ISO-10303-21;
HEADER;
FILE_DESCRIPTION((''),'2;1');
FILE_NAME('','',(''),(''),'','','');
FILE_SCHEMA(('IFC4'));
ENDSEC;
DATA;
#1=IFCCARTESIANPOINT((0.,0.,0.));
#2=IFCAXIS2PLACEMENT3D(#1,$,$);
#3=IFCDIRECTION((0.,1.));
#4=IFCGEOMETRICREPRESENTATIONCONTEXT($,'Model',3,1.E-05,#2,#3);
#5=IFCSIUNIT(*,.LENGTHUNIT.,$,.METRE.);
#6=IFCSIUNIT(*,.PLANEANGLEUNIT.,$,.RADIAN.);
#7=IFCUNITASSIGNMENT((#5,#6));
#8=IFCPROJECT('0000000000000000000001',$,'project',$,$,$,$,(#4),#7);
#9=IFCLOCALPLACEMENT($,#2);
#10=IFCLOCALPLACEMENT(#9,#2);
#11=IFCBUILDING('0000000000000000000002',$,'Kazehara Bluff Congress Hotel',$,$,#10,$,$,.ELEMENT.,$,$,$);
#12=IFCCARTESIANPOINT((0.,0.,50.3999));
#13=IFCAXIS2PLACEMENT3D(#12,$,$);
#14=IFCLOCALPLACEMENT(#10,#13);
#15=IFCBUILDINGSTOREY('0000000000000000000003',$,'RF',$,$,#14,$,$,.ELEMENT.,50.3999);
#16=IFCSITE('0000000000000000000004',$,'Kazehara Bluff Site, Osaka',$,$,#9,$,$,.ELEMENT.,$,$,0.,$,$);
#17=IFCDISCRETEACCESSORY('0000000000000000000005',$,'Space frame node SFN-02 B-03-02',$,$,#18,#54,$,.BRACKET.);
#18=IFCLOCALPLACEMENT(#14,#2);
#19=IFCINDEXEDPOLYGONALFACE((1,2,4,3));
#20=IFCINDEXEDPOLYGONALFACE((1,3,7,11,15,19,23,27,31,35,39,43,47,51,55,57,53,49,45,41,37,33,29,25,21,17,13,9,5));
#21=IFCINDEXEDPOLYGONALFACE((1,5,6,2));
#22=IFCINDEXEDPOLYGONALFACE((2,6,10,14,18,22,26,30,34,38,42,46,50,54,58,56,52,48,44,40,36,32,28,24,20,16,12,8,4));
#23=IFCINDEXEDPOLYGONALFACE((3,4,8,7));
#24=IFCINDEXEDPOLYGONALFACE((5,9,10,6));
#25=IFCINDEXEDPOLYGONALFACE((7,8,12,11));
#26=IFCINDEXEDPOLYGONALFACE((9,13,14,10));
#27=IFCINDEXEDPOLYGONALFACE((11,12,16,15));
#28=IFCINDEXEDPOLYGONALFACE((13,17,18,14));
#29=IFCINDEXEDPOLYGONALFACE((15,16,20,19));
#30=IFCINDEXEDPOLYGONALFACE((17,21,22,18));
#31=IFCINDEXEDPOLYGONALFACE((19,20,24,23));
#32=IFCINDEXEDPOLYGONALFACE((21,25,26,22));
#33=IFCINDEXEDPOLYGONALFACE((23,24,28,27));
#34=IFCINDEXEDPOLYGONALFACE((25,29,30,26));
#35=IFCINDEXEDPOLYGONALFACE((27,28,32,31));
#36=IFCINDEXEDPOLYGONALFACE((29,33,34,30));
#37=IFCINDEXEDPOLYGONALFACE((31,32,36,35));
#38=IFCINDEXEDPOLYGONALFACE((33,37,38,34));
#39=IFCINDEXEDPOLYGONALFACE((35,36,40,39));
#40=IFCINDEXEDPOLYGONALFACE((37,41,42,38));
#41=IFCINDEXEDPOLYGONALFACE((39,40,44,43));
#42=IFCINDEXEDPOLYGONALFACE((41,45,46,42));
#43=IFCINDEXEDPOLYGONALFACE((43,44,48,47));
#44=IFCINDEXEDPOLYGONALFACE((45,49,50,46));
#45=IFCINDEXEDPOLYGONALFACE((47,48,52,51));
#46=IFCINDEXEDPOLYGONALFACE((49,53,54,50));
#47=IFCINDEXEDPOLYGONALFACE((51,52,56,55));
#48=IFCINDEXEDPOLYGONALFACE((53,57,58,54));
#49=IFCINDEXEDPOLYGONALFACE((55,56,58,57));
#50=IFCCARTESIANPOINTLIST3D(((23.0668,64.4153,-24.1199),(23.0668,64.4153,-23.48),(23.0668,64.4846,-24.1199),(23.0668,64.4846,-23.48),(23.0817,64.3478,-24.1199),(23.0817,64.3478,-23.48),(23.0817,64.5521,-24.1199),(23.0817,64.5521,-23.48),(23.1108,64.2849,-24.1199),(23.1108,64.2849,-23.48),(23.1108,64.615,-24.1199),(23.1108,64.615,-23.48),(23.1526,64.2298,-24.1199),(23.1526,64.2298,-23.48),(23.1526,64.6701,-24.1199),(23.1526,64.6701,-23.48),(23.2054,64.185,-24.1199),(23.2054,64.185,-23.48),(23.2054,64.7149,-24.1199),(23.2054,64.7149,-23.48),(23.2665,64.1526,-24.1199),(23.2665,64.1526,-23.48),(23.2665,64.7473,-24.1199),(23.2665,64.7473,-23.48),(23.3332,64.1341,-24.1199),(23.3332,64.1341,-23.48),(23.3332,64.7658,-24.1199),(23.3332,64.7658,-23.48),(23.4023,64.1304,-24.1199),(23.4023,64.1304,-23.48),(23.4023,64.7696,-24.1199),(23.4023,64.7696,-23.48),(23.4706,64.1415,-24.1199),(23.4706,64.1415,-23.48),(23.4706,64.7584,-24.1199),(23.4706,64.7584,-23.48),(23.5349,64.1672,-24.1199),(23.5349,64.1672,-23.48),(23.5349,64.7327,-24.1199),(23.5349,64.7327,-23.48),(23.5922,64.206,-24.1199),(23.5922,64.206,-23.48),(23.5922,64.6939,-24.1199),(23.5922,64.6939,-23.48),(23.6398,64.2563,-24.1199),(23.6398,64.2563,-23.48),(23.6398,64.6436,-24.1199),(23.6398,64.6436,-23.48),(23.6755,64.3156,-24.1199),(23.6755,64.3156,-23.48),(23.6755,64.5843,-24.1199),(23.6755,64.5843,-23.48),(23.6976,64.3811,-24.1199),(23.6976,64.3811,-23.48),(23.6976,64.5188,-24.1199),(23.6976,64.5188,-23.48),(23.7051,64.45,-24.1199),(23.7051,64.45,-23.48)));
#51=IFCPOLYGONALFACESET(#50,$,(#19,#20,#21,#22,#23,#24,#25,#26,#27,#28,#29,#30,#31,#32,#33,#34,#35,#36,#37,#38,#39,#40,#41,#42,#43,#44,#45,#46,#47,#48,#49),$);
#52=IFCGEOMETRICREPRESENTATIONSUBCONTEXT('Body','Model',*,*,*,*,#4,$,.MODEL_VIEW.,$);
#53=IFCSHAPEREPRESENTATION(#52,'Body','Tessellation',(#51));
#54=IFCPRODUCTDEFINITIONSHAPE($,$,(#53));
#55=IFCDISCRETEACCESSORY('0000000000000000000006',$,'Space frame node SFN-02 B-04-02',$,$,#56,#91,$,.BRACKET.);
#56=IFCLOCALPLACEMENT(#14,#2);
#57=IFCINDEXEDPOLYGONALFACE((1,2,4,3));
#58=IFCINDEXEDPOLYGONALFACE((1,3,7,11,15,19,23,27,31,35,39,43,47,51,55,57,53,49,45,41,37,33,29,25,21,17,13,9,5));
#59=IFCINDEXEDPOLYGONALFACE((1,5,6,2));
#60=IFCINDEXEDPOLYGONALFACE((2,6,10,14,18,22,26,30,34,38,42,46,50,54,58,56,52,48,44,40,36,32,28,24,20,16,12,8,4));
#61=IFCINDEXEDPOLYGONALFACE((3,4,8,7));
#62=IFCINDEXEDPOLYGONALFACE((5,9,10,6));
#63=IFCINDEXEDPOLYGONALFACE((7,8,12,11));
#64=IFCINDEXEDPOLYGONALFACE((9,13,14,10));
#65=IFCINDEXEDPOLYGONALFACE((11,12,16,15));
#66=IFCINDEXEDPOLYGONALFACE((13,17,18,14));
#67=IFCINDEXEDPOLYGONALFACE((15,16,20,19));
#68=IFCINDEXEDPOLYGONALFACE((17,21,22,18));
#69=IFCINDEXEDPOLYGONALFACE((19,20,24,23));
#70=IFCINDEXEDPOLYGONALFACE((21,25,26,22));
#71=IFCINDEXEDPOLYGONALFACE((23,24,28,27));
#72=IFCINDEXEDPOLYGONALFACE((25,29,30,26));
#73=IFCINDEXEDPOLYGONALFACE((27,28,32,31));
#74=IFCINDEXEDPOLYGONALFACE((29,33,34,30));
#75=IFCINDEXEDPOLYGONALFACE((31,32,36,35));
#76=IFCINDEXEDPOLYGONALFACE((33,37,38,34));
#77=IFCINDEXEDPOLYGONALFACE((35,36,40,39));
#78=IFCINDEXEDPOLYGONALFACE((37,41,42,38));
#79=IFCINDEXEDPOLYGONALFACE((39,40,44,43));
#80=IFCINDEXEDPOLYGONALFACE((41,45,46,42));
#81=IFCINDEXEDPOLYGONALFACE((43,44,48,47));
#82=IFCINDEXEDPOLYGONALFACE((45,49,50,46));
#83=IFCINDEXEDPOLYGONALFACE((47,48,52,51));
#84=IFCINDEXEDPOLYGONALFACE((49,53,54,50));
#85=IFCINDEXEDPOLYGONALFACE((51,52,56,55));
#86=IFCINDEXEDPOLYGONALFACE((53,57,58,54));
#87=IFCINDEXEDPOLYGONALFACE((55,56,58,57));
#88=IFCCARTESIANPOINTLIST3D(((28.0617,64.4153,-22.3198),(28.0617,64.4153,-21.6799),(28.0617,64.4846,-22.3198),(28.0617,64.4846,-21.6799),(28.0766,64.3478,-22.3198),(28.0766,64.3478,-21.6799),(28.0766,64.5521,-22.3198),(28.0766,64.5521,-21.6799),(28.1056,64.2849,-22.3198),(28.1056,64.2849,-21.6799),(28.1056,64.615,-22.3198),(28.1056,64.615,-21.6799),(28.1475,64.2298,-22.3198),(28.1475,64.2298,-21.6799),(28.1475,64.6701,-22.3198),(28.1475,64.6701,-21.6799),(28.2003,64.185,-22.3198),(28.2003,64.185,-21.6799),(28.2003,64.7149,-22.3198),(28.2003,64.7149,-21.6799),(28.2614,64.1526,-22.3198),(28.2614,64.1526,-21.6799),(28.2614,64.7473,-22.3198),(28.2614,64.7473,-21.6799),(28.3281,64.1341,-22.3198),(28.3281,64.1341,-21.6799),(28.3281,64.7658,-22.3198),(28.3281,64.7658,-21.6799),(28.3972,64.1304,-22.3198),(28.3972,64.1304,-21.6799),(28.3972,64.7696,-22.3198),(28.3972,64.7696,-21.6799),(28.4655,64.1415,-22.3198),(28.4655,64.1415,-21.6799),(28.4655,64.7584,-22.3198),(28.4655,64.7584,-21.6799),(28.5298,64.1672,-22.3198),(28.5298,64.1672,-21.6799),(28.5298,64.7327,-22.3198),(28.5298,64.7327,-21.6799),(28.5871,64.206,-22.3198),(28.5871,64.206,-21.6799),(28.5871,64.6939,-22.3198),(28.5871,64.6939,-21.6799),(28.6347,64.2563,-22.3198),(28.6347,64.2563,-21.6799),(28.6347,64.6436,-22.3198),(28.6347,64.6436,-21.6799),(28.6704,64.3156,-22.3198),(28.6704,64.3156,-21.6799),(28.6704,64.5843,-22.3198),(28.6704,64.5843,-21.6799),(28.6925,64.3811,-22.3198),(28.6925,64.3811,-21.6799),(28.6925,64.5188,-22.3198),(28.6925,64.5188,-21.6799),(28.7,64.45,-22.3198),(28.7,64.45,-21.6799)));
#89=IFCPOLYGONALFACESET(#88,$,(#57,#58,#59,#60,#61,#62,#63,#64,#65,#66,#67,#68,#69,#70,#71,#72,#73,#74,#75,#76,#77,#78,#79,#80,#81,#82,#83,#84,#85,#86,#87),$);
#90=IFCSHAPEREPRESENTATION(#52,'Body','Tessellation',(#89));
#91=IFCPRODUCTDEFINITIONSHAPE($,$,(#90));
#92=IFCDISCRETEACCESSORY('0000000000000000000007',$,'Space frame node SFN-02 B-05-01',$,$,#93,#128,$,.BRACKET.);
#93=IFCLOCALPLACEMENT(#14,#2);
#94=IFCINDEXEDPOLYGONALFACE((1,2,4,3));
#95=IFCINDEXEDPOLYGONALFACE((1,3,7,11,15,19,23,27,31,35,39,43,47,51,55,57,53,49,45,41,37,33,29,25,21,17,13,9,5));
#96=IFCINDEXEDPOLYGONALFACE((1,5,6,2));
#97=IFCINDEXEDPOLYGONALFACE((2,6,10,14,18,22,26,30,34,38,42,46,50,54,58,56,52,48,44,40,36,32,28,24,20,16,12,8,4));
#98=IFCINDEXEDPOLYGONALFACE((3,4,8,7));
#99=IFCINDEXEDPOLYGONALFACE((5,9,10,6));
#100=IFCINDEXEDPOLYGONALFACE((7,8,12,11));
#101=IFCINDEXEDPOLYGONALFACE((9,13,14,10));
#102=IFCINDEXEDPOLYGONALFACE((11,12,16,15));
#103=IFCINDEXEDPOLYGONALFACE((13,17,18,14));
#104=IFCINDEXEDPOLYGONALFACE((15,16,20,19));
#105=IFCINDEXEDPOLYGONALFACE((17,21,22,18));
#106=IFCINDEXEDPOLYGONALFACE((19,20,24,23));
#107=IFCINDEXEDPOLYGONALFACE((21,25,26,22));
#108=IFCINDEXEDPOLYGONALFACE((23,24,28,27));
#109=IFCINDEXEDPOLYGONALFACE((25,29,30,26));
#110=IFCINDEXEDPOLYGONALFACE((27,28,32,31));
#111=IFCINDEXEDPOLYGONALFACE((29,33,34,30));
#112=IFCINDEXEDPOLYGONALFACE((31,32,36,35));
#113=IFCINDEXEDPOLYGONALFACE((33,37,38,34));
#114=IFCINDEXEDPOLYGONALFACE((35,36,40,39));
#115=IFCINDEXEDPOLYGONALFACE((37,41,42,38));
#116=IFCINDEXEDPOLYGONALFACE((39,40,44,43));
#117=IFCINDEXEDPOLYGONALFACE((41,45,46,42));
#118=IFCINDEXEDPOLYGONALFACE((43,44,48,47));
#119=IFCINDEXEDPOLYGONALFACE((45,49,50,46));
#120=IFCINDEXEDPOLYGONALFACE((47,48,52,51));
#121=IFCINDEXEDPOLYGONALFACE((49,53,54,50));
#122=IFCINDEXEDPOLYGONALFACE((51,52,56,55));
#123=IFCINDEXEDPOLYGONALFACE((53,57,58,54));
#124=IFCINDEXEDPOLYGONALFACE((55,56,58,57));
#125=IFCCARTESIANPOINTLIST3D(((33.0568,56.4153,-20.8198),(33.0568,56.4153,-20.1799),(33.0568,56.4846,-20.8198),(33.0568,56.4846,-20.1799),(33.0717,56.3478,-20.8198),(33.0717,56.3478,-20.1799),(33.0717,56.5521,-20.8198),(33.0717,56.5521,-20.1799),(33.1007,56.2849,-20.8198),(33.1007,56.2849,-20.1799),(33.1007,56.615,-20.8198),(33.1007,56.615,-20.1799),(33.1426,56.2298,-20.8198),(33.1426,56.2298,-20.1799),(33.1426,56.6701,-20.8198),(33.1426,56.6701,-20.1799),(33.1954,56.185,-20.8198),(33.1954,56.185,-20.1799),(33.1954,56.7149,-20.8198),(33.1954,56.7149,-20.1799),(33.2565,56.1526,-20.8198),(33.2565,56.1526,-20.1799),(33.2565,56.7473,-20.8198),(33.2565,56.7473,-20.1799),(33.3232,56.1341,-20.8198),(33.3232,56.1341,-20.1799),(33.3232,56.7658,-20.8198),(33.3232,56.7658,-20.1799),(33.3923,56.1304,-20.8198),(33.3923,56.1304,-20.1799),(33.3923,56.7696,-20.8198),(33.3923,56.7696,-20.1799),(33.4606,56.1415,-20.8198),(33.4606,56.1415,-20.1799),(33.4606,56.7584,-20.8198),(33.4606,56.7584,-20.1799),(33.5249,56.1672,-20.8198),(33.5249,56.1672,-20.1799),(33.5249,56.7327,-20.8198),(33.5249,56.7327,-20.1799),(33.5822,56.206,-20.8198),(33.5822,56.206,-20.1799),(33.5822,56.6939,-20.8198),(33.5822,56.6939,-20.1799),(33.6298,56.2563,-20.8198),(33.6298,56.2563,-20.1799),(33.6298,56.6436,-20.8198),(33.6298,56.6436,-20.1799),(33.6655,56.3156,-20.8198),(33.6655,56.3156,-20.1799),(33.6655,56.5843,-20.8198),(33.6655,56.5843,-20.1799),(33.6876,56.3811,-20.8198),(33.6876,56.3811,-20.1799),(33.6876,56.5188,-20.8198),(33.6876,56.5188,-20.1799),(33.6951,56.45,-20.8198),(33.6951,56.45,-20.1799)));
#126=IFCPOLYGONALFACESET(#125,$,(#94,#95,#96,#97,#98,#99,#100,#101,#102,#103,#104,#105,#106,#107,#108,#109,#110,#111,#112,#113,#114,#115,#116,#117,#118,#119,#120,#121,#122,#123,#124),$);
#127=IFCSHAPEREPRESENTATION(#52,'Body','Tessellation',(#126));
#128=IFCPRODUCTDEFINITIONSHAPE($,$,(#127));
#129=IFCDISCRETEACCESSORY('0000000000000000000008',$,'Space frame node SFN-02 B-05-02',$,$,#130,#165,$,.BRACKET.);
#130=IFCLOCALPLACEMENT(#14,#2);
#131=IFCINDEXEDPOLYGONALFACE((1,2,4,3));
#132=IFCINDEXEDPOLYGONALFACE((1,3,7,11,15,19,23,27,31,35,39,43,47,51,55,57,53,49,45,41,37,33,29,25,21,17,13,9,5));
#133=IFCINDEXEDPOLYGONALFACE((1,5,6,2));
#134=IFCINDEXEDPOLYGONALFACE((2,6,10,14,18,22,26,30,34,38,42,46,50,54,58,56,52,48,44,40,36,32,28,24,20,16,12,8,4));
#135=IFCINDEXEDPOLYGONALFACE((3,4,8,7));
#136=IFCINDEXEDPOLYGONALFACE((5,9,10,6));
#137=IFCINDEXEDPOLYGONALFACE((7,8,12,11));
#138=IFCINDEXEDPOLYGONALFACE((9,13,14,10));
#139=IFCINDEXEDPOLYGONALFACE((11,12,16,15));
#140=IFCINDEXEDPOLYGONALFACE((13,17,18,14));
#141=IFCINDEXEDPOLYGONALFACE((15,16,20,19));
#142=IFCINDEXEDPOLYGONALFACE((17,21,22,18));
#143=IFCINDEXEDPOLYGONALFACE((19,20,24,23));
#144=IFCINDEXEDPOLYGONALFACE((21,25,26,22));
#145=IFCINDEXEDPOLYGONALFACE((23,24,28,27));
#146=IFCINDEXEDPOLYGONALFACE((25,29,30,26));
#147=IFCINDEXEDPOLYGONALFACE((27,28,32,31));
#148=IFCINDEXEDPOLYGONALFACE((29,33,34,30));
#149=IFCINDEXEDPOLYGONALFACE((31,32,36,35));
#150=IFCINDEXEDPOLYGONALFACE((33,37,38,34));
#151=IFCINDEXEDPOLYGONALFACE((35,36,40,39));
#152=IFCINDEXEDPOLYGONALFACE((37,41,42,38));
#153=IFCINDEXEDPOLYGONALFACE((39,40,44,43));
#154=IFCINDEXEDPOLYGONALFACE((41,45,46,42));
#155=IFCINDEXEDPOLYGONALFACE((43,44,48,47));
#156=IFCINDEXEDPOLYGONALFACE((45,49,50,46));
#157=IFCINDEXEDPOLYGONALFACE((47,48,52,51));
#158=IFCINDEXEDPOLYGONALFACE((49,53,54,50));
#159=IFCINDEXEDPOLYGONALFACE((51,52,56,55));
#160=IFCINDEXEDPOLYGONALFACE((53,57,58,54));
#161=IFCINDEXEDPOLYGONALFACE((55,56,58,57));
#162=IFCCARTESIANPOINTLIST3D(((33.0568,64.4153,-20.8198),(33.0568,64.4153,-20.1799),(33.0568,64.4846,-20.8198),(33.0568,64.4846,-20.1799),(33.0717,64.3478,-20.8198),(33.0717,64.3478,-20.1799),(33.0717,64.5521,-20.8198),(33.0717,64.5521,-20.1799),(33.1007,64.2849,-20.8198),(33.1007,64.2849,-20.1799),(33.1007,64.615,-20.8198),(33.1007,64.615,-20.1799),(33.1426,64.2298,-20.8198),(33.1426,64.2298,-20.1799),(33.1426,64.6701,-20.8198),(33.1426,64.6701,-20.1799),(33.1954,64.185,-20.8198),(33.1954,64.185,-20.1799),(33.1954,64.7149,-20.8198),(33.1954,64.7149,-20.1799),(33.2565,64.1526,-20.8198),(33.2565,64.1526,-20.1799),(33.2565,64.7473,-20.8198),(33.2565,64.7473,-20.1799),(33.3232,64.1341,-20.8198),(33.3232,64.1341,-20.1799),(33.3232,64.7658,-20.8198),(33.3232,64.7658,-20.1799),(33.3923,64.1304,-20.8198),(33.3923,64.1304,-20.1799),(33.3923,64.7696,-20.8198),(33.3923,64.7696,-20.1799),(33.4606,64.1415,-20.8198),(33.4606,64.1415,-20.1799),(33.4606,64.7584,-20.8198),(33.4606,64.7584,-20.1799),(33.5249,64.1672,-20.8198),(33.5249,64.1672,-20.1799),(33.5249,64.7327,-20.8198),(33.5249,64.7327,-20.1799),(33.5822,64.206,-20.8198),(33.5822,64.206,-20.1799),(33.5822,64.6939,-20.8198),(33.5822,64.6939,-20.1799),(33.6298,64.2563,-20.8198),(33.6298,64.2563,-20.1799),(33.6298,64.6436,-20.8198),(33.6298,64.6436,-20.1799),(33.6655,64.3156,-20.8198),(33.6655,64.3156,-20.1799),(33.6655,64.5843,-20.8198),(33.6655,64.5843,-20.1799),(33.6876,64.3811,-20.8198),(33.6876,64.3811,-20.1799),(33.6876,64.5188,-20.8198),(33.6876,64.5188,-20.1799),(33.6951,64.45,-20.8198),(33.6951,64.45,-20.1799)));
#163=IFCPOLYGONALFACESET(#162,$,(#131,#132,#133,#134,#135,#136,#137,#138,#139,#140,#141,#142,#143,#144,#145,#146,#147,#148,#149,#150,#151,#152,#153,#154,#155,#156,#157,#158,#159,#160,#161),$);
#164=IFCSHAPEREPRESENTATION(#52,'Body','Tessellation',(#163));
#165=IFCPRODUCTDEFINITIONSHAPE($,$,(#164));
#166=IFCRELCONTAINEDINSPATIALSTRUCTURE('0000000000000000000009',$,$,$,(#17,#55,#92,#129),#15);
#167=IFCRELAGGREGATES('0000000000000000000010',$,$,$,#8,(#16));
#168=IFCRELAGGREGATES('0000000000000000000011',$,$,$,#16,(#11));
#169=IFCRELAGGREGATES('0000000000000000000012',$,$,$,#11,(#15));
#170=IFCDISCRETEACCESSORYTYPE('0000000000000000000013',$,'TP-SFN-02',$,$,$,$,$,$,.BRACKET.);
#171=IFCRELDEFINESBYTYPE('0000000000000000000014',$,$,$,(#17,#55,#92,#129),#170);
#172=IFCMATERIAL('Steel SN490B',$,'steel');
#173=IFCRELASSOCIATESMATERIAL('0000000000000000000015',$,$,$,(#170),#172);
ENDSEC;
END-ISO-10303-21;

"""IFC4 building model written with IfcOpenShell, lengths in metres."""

from ifc_helpers import new_model, si_unit, direction, frame, origin, origin_2d, place, context, subcontext, project, spatial, circle, extrude, material, material_profile, profile_set, type_object, element, save


model = new_model("IFC4")

# Units and contexts
model_context = context("Model", 3, precision=1e-05, world=origin(), true_north=direction((0.0, 1.0)))
body_context = subcontext(model_context, "Body", "Model", "MODEL_VIEW")
ifc_project = project(units=[si_unit("LENGTHUNIT", "METRE"), si_unit("PLANEANGLEUNIT", "RADIAN")], contexts=[model_context])

# Site, building, storey
site_placement = place(None, origin())
site = spatial("IfcSite", under=ifc_project, at=site_placement, Name="Kazehara Bluff Site, Osaka", CompositionType="ELEMENT", RefElevation=0.0)
building_placement = place(site_placement, origin())
building = spatial("IfcBuilding", under=site, at=building_placement, Name="Kazehara Bluff Congress Hotel", CompositionType="ELEMENT")
storey_placement = place(building_placement, frame((0.0, 0.0, 50.3999)))
storey = spatial("IfcBuildingStorey", under=building, at=storey_placement, Name="RF", CompositionType="ELEMENT", Elevation=50.3999)

# Discrete accessories
ifc_material_1 = material(Name="Steel SN490B", Category="steel")
ifc_material_profile_1 = material_profile(ifc_material_1, circle(Radius=0.3201, at=origin_2d()))
ifc_profile_set_1 = profile_set([ifc_material_profile_1], Name="Steel SN490B")
discrete_accessory_type_1 = type_object("IfcDiscreteAccessoryType", Name="TP-SFN-02", PredefinedType="BRACKET", material=ifc_profile_set_1)
for number, where, z_axis, x_axis, name in (
    (1, (23.385, 64.45, -24.1199), (0.0, 0.0, 1.0), (1.0, 0.0, 0.0), "Space frame node SFN-02 B-03-02"),
    (2, (28.3799, 64.45, -22.3198), (0.0, 0.0, 1.0), (1.0, 0.0, 0.0), "Space frame node SFN-02 B-04-02"),
    (3, (33.375, 56.45, -20.8198), (0.0, 0.0, 1.0), (1.0, 0.0, 0.0), "Space frame node SFN-02 B-05-01"),
    (4, (33.375, 64.45, -20.8198), (0.0, 0.0, 1.0), (1.0, 0.0, 0.0), "Space frame node SFN-02 B-05-02"),
):
    element("IfcDiscreteAccessory", number, at=place(storey_placement, frame(where, z_axis=z_axis, x_axis=x_axis)), inside=storey, type_object=discrete_accessory_type_1, Name=name, PredefinedType="BRACKET", context=body_context, shape_type="SweptSolid", body=[
        extrude(circle(Radius=0.3201, at=origin_2d()), origin(), (0.0, 0.0, 1.0), 0.6399),
    ])

save(model, "model.ifc")
